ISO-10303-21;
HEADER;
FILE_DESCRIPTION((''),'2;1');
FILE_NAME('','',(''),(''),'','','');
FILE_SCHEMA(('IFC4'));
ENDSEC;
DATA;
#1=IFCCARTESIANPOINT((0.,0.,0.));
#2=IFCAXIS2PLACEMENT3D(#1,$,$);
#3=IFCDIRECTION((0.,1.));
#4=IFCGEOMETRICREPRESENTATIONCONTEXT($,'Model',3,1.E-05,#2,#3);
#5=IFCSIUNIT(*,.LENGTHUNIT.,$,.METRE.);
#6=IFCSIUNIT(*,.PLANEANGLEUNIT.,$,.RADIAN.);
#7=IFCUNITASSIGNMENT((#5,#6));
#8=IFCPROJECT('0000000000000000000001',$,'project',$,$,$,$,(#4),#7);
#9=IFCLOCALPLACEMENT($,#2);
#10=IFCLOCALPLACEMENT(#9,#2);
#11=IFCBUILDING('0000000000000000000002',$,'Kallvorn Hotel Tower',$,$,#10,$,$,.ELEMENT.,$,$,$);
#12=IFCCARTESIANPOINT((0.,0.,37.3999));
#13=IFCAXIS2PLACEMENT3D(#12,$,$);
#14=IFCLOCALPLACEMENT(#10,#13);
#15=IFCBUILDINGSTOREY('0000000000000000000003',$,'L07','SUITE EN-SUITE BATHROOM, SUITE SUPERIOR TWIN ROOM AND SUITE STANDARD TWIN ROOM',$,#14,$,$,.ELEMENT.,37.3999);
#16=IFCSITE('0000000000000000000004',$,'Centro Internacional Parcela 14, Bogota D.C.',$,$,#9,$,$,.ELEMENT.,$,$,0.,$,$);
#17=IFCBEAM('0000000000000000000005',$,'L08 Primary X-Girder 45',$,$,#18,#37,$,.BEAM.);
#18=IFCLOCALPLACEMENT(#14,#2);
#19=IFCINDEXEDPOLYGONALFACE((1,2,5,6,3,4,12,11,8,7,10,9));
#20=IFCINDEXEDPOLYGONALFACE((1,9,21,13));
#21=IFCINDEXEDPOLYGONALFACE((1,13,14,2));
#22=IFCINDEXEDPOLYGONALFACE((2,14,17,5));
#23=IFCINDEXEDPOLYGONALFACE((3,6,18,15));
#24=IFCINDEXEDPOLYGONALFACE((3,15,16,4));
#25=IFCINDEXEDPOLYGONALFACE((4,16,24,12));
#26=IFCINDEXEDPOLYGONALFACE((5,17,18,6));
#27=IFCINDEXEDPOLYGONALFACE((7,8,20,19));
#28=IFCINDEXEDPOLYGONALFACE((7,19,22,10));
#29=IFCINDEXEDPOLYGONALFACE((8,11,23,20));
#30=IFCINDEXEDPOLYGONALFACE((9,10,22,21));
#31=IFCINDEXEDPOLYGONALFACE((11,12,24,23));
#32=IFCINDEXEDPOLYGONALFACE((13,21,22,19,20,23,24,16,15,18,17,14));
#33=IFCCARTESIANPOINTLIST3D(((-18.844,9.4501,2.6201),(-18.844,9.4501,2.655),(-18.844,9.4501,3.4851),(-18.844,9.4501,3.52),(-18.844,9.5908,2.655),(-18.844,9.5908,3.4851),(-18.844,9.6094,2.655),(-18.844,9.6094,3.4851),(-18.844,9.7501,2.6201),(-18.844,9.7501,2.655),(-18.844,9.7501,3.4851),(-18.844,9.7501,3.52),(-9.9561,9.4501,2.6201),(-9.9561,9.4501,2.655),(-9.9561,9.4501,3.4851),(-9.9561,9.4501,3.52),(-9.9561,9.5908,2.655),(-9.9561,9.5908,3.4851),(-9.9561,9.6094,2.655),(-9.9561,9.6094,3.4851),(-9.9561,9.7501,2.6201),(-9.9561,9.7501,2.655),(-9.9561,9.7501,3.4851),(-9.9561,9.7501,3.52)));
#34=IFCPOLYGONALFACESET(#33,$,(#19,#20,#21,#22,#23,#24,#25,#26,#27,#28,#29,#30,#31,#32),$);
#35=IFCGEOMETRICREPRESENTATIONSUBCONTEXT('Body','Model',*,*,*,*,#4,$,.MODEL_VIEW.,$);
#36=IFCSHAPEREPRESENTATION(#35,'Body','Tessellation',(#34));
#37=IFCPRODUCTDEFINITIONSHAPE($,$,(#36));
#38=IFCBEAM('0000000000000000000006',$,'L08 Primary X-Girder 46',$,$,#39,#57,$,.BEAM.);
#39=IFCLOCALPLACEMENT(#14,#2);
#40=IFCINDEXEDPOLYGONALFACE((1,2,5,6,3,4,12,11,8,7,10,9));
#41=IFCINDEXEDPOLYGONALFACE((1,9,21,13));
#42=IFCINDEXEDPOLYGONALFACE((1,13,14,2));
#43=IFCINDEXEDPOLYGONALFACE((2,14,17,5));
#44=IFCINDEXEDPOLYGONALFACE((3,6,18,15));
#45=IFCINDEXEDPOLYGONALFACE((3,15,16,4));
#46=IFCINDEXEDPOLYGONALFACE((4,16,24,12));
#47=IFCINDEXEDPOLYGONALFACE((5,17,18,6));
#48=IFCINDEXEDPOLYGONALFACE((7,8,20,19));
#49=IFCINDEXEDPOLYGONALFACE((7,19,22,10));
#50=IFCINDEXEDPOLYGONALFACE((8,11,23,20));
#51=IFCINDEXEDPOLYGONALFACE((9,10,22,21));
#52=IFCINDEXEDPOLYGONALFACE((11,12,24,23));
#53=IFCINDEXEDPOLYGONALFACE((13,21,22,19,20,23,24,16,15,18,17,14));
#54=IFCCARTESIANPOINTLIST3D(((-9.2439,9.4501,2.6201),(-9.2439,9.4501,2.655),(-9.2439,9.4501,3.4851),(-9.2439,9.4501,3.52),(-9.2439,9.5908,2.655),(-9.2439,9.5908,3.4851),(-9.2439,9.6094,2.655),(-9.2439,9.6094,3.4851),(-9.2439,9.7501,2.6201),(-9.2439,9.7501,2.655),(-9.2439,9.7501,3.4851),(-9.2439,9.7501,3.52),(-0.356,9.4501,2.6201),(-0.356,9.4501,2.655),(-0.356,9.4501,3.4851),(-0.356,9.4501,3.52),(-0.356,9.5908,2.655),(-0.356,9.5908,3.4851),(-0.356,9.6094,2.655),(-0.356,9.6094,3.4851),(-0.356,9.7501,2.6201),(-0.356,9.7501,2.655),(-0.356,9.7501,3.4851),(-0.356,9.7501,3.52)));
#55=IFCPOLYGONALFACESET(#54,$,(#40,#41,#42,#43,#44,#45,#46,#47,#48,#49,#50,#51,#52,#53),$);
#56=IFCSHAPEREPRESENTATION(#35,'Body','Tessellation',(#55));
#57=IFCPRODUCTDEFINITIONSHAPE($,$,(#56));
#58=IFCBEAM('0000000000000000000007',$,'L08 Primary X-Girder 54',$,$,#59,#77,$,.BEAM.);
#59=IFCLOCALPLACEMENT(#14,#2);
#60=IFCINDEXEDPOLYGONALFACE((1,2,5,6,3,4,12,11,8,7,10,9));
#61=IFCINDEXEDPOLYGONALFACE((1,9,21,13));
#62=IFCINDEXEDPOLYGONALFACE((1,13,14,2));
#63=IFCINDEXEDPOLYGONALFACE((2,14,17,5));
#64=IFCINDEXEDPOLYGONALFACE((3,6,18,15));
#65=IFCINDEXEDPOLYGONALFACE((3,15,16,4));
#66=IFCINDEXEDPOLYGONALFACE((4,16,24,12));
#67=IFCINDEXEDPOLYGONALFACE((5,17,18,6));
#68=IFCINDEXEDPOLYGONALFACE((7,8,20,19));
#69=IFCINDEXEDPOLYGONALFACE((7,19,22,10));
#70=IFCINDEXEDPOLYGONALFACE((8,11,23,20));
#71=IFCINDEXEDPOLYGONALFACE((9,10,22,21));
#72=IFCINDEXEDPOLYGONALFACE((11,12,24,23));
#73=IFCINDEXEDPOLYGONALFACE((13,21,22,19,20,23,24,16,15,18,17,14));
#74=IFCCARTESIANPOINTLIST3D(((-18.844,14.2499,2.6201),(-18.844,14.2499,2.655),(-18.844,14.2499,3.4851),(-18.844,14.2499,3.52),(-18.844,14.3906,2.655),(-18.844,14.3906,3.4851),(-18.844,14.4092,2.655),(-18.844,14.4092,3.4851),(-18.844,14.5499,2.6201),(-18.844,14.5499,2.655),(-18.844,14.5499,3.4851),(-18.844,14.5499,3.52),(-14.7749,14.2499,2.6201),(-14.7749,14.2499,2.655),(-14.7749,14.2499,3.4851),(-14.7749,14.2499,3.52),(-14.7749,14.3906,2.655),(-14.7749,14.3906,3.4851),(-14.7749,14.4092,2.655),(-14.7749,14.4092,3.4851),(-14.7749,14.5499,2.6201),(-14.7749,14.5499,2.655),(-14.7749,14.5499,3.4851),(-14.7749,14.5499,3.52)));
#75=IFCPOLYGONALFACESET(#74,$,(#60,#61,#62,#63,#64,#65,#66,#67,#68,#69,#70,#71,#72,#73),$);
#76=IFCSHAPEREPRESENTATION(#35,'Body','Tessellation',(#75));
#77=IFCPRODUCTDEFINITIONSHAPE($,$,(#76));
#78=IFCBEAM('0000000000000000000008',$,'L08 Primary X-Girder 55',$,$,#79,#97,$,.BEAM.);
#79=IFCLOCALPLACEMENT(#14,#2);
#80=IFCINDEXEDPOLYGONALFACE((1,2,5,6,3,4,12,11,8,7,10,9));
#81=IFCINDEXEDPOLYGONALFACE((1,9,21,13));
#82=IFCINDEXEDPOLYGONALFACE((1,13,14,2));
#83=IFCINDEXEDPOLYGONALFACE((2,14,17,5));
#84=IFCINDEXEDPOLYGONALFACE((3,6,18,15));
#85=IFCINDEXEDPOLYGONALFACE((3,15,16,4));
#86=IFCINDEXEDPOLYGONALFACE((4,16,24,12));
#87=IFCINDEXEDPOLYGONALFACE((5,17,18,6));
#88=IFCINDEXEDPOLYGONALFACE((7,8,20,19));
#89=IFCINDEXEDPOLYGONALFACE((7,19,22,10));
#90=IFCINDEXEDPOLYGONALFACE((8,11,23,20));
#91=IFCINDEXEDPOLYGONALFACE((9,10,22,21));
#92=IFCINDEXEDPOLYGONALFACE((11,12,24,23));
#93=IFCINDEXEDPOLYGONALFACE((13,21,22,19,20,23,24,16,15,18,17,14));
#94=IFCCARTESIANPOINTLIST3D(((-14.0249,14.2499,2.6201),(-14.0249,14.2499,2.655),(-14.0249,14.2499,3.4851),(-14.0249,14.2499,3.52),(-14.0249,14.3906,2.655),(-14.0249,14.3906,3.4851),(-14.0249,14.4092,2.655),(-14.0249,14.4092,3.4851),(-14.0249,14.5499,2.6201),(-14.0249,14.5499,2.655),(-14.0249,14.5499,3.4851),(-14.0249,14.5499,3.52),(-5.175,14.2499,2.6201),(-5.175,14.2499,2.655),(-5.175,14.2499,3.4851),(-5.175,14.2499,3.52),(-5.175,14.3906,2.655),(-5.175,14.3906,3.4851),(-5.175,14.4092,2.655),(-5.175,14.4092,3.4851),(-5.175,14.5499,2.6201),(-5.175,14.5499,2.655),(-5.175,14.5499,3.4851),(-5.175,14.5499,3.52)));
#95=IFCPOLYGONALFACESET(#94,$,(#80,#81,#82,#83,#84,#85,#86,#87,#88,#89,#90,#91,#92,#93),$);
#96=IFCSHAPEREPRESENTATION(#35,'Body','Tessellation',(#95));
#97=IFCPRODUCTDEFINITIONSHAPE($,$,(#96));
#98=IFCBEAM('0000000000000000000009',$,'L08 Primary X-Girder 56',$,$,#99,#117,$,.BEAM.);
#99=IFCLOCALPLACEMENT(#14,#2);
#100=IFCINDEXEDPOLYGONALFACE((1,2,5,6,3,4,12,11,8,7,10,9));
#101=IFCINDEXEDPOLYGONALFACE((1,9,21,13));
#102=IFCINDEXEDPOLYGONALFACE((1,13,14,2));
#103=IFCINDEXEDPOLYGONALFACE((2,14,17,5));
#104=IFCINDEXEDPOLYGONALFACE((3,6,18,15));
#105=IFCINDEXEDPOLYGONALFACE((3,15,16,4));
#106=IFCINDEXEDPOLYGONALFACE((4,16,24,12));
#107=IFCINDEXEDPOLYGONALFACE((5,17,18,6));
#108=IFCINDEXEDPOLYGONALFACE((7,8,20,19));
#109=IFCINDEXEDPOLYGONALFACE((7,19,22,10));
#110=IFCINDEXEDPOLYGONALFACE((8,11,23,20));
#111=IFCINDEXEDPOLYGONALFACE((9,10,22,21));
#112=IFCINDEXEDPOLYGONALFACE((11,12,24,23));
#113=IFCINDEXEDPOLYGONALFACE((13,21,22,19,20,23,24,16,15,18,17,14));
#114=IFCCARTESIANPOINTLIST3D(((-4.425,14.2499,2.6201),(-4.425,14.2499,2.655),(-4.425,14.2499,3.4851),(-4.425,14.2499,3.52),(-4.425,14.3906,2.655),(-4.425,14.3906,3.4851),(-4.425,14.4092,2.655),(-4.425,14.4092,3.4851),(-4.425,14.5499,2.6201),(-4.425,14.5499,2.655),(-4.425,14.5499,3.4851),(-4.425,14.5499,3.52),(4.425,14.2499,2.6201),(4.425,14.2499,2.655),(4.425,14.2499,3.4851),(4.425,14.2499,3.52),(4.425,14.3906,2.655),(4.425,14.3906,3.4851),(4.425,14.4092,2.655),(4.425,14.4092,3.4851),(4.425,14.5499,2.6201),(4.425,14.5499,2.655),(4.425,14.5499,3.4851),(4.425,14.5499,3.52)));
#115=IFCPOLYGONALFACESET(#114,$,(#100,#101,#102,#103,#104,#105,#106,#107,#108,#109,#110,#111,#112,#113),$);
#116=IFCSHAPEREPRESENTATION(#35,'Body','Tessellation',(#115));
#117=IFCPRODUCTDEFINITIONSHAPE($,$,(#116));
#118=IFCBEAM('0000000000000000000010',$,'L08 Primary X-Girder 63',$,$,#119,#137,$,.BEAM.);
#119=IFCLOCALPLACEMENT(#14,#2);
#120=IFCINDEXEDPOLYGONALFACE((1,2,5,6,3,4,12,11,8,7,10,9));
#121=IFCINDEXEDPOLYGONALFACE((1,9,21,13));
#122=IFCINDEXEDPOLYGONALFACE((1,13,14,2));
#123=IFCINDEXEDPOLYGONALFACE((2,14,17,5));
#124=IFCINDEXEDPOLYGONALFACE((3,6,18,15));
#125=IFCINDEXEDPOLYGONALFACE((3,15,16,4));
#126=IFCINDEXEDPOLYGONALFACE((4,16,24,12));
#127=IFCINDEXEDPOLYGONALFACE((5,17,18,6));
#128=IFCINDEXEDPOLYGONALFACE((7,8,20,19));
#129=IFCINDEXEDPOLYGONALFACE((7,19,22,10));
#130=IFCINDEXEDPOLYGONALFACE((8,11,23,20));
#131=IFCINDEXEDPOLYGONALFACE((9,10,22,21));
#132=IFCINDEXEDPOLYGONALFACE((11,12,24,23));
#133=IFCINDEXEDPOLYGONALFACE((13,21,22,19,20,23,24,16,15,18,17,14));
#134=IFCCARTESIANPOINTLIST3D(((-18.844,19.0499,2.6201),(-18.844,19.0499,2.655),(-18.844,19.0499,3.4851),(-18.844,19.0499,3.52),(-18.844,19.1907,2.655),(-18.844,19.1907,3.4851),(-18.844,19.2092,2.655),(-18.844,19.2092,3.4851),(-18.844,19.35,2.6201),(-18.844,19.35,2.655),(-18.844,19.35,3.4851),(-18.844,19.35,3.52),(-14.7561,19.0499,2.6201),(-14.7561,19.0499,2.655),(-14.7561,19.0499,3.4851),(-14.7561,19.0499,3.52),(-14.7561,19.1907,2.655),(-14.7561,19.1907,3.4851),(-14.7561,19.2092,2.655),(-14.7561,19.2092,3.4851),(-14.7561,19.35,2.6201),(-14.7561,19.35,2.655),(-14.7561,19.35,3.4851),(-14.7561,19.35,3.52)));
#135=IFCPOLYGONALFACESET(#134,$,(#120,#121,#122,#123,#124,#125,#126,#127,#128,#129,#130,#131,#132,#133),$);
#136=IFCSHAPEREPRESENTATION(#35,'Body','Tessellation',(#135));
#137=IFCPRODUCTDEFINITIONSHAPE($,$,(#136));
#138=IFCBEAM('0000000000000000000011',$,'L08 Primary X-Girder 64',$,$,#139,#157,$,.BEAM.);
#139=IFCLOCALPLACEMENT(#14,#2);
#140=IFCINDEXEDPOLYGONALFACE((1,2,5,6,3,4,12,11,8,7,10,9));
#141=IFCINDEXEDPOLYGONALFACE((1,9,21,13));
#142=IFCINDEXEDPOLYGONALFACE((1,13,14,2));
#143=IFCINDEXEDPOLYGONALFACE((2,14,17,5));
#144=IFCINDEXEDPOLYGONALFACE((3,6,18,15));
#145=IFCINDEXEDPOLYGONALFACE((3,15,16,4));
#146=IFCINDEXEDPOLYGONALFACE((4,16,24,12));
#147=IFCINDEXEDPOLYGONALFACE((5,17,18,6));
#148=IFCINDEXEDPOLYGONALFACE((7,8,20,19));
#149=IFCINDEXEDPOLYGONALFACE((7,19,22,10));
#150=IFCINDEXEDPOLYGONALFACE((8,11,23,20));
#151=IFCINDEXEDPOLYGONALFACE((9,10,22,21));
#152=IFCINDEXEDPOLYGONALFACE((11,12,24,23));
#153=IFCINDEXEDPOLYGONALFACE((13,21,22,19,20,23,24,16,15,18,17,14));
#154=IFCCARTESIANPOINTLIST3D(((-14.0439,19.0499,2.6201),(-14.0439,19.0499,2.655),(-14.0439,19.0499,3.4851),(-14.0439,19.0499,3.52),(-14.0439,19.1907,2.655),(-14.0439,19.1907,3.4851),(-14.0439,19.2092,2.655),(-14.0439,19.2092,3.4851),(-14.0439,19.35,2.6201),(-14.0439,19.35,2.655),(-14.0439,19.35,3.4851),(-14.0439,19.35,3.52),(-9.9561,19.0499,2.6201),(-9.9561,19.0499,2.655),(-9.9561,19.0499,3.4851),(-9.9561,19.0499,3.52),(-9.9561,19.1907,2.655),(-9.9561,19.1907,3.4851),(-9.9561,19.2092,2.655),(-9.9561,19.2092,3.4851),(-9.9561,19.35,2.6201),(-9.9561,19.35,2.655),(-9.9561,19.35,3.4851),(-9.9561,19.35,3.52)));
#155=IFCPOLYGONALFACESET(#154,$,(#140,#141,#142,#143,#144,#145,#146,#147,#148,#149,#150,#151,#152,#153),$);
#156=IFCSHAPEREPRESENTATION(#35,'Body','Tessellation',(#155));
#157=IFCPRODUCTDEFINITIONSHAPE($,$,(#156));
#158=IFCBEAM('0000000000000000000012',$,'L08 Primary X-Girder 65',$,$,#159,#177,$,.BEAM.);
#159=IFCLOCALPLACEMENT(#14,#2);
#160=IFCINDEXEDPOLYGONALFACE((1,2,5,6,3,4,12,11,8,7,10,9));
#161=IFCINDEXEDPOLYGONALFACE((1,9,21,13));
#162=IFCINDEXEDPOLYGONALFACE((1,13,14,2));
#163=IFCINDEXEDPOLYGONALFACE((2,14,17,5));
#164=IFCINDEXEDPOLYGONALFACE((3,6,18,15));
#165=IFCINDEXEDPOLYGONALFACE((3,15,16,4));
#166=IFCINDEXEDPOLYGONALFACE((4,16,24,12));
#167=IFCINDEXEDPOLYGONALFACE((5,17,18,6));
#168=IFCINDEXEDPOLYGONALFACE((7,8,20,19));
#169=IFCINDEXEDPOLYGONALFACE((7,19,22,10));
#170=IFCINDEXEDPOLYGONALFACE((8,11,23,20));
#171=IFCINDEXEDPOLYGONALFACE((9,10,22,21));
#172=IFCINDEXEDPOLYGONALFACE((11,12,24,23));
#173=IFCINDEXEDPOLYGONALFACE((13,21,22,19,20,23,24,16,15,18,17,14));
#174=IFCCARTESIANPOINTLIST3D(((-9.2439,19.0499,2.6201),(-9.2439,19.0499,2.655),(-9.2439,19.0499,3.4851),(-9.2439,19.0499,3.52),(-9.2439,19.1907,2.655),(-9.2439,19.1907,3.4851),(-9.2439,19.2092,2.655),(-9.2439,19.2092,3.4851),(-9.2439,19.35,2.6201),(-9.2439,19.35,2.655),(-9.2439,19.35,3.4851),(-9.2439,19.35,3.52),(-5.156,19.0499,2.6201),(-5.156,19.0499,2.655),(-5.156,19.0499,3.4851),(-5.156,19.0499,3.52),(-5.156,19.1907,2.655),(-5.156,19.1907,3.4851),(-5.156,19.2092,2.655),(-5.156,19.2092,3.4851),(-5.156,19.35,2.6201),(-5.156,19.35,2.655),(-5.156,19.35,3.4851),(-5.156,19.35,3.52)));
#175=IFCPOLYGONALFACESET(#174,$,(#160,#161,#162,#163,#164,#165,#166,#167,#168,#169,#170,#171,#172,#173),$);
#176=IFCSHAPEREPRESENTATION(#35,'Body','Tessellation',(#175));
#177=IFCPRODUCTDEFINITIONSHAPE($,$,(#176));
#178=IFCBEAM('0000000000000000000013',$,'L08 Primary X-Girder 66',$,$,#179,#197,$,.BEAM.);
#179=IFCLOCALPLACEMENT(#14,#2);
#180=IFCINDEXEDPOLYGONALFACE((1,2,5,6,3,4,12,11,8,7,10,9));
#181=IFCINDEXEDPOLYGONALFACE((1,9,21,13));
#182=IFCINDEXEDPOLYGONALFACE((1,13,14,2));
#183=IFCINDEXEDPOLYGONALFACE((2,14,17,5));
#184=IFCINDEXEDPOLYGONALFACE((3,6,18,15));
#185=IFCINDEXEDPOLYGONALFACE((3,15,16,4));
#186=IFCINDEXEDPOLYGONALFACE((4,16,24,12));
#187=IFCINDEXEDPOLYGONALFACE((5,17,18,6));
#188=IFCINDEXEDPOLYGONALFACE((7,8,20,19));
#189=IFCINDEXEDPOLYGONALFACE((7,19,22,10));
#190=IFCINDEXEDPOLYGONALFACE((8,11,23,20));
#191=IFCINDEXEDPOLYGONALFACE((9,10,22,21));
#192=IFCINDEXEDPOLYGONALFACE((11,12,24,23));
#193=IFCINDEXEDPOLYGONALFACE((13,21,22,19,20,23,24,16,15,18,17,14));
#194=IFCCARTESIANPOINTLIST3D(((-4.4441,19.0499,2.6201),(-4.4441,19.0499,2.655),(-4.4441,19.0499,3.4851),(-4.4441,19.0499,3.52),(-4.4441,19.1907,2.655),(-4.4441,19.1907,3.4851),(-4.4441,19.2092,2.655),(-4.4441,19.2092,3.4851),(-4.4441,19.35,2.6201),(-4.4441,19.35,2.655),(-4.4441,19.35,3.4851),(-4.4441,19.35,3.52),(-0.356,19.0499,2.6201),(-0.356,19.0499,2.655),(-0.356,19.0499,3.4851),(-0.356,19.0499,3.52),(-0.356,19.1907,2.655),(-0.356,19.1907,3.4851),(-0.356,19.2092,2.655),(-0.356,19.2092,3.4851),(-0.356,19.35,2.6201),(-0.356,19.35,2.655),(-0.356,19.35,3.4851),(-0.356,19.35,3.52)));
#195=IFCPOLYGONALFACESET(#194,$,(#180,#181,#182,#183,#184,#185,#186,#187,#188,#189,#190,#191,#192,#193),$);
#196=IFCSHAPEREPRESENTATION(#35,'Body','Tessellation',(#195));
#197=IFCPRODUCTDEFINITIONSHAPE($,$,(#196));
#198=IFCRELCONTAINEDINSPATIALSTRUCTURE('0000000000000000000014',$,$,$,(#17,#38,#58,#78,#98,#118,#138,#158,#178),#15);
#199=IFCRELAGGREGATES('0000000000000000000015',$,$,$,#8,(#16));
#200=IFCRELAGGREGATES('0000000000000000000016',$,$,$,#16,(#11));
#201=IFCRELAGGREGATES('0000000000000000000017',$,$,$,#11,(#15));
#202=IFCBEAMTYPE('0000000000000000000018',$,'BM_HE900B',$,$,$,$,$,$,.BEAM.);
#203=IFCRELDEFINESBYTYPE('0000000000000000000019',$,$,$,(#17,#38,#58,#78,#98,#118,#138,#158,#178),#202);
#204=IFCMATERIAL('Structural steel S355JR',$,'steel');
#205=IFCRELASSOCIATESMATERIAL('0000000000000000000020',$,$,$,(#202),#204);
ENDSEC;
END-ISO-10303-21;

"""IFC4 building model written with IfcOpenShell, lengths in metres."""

from ifc_helpers import new_model, si_unit, direction, frame, origin, origin_2d, place, context, subcontext, project, spatial, i_section, extrude, material, material_profile, profile_set, type_object, element, save


model = new_model("IFC4")

# Units and contexts
model_context = context("Model", 3, precision=1e-05, world=origin(), true_north=direction((0.0, 1.0)))
body_context = subcontext(model_context, "Body", "Model", "MODEL_VIEW")
ifc_project = project(units=[si_unit("LENGTHUNIT", "METRE"), si_unit("PLANEANGLEUNIT", "RADIAN")], contexts=[model_context])

# Site, building, storey
site_placement = place(None, origin())
site = spatial("IfcSite", under=ifc_project, at=site_placement, Name="Centro Internacional Parcela 14, Bogota D.C.", CompositionType="ELEMENT", RefElevation=0.0)
building_placement = place(site_placement, origin())
building = spatial("IfcBuilding", under=site, at=building_placement, Name="Kallvorn Hotel Tower", CompositionType="ELEMENT")
storey_placement = place(building_placement, frame((0.0, 0.0, 37.3999)))
storey = spatial("IfcBuildingStorey", under=building, at=storey_placement, Name="L07", Description="SUITE EN-SUITE BATHROOM, SUITE SUPERIOR TWIN ROOM AND SUITE STANDARD TWIN ROOM", CompositionType="ELEMENT", Elevation=37.3999)

# Beams
ifc_material_1 = material(Name="Structural steel S355JR", Category="steel")
ifc_material_profile_1 = material_profile(ifc_material_1, i_section(OverallWidth=0.3, OverallDepth=0.8999, WebThickness=0.0186, FlangeThickness=0.0349, at=origin_2d()), Name="HE 900 B")
ifc_profile_set_1 = profile_set([ifc_material_profile_1], Name="Structural steel S355JR")
beam_type_1 = type_object("IfcBeamType", Name="BM_HE900B", PredefinedType="BEAM", material=ifc_profile_set_1)
for number, where, z_axis, x_axis, name in (
    (1, (-18.844, 9.6001, 3.0701), (1.0, 0.0, 0.0), (0.0, 1.0, 0.0), "L08 Primary X-Girder 45"),
    (2, (-9.2439, 9.6001, 3.0701), (1.0, 0.0, 0.0), (0.0, 1.0, 0.0), "L08 Primary X-Girder 46"),
):
    element("IfcBeam", number, at=place(storey_placement, frame(where, z_axis=z_axis, x_axis=x_axis)), inside=storey, type_object=beam_type_1, Name=name, PredefinedType="BEAM", context=body_context, shape_type="SweptSolid", body=[
        extrude(i_section(OverallWidth=0.3, OverallDepth=0.8999, WebThickness=0.0186, FlangeThickness=0.0349, at=origin_2d()), origin(), (0.0, 0.0, 1.0), 8.8879),
    ])
beam_1_placement = place(storey_placement, frame((-18.844, 14.3999, 3.0701), z_axis=(1.0, 0.0, 0.0), x_axis=(0.0, 1.0, 0.0)))
element("IfcBeam", 3, at=beam_1_placement, inside=storey, type_object=beam_type_1, Name="L08 Primary X-Girder 54", PredefinedType="BEAM", context=body_context, shape_type="SweptSolid", body=[
    extrude(i_section(OverallWidth=0.3, OverallDepth=0.8999, WebThickness=0.0186, FlangeThickness=0.0349, at=origin_2d()), origin(), (0.0, 0.0, 1.0), 4.0691),
])
beam_2_placement = place(storey_placement, frame((-14.0249, 14.3999, 3.0701), z_axis=(1.0, 0.0, 0.0), x_axis=(0.0, 1.0, 0.0)))
element("IfcBeam", 4, at=beam_2_placement, inside=storey, type_object=beam_type_1, Name="L08 Primary X-Girder 55", PredefinedType="BEAM", context=body_context, shape_type="SweptSolid", body=[
    extrude(i_section(OverallWidth=0.3, OverallDepth=0.8999, WebThickness=0.0186, FlangeThickness=0.0349, at=origin_2d()), origin(), (0.0, 0.0, 1.0), 8.8499),
])
beam_3_placement = place(storey_placement, frame((-4.425, 14.3999, 3.0701), z_axis=(1.0, 0.0, 0.0), x_axis=(0.0, 1.0, 0.0)))
element("IfcBeam", 5, at=beam_3_placement, inside=storey, type_object=beam_type_1, Name="L08 Primary X-Girder 56", PredefinedType="BEAM", context=body_context, shape_type="SweptSolid", body=[
    extrude(i_section(OverallWidth=0.3, OverallDepth=0.8999, WebThickness=0.0186, FlangeThickness=0.0349, at=origin_2d()), origin(), (0.0, 0.0, 1.0), 8.8501),
])
for number, where, z_axis, x_axis, name in (
    (6, (-18.844, 19.2, 3.0701), (1.0, 0.0, 0.0), (0.0, 1.0, 0.0), "L08 Primary X-Girder 63"),
    (7, (-14.0439, 19.2, 3.0701), (1.0, 0.0, 0.0), (0.0, 1.0, 0.0), "L08 Primary X-Girder 64"),
    (8, (-9.2439, 19.2, 3.0701), (1.0, 0.0, 0.0), (0.0, 1.0, 0.0), "L08 Primary X-Girder 65"),
):
    element("IfcBeam", number, at=place(storey_placement, frame(where, z_axis=z_axis, x_axis=x_axis)), inside=storey, type_object=beam_type_1, Name=name, PredefinedType="BEAM", context=body_context, shape_type="SweptSolid", body=[
        extrude(i_section(OverallWidth=0.3, OverallDepth=0.8999, WebThickness=0.0186, FlangeThickness=0.0349, at=origin_2d()), origin(), (0.0, 0.0, 1.0), 4.0879),
    ])
beam_4_placement = place(storey_placement, frame((-4.4441, 19.2, 3.0701), z_axis=(1.0, 0.0, 0.0), x_axis=(0.0, 1.0, 0.0)))
element("IfcBeam", 9, at=beam_4_placement, inside=storey, type_object=beam_type_1, Name="L08 Primary X-Girder 66", PredefinedType="BEAM", context=body_context, shape_type="SweptSolid", body=[
    extrude(i_section(OverallWidth=0.3, OverallDepth=0.8999, WebThickness=0.0186, FlangeThickness=0.0349, at=origin_2d()), origin(), (0.0, 0.0, 1.0), 4.0881),
])

save(model, "model.ifc")
